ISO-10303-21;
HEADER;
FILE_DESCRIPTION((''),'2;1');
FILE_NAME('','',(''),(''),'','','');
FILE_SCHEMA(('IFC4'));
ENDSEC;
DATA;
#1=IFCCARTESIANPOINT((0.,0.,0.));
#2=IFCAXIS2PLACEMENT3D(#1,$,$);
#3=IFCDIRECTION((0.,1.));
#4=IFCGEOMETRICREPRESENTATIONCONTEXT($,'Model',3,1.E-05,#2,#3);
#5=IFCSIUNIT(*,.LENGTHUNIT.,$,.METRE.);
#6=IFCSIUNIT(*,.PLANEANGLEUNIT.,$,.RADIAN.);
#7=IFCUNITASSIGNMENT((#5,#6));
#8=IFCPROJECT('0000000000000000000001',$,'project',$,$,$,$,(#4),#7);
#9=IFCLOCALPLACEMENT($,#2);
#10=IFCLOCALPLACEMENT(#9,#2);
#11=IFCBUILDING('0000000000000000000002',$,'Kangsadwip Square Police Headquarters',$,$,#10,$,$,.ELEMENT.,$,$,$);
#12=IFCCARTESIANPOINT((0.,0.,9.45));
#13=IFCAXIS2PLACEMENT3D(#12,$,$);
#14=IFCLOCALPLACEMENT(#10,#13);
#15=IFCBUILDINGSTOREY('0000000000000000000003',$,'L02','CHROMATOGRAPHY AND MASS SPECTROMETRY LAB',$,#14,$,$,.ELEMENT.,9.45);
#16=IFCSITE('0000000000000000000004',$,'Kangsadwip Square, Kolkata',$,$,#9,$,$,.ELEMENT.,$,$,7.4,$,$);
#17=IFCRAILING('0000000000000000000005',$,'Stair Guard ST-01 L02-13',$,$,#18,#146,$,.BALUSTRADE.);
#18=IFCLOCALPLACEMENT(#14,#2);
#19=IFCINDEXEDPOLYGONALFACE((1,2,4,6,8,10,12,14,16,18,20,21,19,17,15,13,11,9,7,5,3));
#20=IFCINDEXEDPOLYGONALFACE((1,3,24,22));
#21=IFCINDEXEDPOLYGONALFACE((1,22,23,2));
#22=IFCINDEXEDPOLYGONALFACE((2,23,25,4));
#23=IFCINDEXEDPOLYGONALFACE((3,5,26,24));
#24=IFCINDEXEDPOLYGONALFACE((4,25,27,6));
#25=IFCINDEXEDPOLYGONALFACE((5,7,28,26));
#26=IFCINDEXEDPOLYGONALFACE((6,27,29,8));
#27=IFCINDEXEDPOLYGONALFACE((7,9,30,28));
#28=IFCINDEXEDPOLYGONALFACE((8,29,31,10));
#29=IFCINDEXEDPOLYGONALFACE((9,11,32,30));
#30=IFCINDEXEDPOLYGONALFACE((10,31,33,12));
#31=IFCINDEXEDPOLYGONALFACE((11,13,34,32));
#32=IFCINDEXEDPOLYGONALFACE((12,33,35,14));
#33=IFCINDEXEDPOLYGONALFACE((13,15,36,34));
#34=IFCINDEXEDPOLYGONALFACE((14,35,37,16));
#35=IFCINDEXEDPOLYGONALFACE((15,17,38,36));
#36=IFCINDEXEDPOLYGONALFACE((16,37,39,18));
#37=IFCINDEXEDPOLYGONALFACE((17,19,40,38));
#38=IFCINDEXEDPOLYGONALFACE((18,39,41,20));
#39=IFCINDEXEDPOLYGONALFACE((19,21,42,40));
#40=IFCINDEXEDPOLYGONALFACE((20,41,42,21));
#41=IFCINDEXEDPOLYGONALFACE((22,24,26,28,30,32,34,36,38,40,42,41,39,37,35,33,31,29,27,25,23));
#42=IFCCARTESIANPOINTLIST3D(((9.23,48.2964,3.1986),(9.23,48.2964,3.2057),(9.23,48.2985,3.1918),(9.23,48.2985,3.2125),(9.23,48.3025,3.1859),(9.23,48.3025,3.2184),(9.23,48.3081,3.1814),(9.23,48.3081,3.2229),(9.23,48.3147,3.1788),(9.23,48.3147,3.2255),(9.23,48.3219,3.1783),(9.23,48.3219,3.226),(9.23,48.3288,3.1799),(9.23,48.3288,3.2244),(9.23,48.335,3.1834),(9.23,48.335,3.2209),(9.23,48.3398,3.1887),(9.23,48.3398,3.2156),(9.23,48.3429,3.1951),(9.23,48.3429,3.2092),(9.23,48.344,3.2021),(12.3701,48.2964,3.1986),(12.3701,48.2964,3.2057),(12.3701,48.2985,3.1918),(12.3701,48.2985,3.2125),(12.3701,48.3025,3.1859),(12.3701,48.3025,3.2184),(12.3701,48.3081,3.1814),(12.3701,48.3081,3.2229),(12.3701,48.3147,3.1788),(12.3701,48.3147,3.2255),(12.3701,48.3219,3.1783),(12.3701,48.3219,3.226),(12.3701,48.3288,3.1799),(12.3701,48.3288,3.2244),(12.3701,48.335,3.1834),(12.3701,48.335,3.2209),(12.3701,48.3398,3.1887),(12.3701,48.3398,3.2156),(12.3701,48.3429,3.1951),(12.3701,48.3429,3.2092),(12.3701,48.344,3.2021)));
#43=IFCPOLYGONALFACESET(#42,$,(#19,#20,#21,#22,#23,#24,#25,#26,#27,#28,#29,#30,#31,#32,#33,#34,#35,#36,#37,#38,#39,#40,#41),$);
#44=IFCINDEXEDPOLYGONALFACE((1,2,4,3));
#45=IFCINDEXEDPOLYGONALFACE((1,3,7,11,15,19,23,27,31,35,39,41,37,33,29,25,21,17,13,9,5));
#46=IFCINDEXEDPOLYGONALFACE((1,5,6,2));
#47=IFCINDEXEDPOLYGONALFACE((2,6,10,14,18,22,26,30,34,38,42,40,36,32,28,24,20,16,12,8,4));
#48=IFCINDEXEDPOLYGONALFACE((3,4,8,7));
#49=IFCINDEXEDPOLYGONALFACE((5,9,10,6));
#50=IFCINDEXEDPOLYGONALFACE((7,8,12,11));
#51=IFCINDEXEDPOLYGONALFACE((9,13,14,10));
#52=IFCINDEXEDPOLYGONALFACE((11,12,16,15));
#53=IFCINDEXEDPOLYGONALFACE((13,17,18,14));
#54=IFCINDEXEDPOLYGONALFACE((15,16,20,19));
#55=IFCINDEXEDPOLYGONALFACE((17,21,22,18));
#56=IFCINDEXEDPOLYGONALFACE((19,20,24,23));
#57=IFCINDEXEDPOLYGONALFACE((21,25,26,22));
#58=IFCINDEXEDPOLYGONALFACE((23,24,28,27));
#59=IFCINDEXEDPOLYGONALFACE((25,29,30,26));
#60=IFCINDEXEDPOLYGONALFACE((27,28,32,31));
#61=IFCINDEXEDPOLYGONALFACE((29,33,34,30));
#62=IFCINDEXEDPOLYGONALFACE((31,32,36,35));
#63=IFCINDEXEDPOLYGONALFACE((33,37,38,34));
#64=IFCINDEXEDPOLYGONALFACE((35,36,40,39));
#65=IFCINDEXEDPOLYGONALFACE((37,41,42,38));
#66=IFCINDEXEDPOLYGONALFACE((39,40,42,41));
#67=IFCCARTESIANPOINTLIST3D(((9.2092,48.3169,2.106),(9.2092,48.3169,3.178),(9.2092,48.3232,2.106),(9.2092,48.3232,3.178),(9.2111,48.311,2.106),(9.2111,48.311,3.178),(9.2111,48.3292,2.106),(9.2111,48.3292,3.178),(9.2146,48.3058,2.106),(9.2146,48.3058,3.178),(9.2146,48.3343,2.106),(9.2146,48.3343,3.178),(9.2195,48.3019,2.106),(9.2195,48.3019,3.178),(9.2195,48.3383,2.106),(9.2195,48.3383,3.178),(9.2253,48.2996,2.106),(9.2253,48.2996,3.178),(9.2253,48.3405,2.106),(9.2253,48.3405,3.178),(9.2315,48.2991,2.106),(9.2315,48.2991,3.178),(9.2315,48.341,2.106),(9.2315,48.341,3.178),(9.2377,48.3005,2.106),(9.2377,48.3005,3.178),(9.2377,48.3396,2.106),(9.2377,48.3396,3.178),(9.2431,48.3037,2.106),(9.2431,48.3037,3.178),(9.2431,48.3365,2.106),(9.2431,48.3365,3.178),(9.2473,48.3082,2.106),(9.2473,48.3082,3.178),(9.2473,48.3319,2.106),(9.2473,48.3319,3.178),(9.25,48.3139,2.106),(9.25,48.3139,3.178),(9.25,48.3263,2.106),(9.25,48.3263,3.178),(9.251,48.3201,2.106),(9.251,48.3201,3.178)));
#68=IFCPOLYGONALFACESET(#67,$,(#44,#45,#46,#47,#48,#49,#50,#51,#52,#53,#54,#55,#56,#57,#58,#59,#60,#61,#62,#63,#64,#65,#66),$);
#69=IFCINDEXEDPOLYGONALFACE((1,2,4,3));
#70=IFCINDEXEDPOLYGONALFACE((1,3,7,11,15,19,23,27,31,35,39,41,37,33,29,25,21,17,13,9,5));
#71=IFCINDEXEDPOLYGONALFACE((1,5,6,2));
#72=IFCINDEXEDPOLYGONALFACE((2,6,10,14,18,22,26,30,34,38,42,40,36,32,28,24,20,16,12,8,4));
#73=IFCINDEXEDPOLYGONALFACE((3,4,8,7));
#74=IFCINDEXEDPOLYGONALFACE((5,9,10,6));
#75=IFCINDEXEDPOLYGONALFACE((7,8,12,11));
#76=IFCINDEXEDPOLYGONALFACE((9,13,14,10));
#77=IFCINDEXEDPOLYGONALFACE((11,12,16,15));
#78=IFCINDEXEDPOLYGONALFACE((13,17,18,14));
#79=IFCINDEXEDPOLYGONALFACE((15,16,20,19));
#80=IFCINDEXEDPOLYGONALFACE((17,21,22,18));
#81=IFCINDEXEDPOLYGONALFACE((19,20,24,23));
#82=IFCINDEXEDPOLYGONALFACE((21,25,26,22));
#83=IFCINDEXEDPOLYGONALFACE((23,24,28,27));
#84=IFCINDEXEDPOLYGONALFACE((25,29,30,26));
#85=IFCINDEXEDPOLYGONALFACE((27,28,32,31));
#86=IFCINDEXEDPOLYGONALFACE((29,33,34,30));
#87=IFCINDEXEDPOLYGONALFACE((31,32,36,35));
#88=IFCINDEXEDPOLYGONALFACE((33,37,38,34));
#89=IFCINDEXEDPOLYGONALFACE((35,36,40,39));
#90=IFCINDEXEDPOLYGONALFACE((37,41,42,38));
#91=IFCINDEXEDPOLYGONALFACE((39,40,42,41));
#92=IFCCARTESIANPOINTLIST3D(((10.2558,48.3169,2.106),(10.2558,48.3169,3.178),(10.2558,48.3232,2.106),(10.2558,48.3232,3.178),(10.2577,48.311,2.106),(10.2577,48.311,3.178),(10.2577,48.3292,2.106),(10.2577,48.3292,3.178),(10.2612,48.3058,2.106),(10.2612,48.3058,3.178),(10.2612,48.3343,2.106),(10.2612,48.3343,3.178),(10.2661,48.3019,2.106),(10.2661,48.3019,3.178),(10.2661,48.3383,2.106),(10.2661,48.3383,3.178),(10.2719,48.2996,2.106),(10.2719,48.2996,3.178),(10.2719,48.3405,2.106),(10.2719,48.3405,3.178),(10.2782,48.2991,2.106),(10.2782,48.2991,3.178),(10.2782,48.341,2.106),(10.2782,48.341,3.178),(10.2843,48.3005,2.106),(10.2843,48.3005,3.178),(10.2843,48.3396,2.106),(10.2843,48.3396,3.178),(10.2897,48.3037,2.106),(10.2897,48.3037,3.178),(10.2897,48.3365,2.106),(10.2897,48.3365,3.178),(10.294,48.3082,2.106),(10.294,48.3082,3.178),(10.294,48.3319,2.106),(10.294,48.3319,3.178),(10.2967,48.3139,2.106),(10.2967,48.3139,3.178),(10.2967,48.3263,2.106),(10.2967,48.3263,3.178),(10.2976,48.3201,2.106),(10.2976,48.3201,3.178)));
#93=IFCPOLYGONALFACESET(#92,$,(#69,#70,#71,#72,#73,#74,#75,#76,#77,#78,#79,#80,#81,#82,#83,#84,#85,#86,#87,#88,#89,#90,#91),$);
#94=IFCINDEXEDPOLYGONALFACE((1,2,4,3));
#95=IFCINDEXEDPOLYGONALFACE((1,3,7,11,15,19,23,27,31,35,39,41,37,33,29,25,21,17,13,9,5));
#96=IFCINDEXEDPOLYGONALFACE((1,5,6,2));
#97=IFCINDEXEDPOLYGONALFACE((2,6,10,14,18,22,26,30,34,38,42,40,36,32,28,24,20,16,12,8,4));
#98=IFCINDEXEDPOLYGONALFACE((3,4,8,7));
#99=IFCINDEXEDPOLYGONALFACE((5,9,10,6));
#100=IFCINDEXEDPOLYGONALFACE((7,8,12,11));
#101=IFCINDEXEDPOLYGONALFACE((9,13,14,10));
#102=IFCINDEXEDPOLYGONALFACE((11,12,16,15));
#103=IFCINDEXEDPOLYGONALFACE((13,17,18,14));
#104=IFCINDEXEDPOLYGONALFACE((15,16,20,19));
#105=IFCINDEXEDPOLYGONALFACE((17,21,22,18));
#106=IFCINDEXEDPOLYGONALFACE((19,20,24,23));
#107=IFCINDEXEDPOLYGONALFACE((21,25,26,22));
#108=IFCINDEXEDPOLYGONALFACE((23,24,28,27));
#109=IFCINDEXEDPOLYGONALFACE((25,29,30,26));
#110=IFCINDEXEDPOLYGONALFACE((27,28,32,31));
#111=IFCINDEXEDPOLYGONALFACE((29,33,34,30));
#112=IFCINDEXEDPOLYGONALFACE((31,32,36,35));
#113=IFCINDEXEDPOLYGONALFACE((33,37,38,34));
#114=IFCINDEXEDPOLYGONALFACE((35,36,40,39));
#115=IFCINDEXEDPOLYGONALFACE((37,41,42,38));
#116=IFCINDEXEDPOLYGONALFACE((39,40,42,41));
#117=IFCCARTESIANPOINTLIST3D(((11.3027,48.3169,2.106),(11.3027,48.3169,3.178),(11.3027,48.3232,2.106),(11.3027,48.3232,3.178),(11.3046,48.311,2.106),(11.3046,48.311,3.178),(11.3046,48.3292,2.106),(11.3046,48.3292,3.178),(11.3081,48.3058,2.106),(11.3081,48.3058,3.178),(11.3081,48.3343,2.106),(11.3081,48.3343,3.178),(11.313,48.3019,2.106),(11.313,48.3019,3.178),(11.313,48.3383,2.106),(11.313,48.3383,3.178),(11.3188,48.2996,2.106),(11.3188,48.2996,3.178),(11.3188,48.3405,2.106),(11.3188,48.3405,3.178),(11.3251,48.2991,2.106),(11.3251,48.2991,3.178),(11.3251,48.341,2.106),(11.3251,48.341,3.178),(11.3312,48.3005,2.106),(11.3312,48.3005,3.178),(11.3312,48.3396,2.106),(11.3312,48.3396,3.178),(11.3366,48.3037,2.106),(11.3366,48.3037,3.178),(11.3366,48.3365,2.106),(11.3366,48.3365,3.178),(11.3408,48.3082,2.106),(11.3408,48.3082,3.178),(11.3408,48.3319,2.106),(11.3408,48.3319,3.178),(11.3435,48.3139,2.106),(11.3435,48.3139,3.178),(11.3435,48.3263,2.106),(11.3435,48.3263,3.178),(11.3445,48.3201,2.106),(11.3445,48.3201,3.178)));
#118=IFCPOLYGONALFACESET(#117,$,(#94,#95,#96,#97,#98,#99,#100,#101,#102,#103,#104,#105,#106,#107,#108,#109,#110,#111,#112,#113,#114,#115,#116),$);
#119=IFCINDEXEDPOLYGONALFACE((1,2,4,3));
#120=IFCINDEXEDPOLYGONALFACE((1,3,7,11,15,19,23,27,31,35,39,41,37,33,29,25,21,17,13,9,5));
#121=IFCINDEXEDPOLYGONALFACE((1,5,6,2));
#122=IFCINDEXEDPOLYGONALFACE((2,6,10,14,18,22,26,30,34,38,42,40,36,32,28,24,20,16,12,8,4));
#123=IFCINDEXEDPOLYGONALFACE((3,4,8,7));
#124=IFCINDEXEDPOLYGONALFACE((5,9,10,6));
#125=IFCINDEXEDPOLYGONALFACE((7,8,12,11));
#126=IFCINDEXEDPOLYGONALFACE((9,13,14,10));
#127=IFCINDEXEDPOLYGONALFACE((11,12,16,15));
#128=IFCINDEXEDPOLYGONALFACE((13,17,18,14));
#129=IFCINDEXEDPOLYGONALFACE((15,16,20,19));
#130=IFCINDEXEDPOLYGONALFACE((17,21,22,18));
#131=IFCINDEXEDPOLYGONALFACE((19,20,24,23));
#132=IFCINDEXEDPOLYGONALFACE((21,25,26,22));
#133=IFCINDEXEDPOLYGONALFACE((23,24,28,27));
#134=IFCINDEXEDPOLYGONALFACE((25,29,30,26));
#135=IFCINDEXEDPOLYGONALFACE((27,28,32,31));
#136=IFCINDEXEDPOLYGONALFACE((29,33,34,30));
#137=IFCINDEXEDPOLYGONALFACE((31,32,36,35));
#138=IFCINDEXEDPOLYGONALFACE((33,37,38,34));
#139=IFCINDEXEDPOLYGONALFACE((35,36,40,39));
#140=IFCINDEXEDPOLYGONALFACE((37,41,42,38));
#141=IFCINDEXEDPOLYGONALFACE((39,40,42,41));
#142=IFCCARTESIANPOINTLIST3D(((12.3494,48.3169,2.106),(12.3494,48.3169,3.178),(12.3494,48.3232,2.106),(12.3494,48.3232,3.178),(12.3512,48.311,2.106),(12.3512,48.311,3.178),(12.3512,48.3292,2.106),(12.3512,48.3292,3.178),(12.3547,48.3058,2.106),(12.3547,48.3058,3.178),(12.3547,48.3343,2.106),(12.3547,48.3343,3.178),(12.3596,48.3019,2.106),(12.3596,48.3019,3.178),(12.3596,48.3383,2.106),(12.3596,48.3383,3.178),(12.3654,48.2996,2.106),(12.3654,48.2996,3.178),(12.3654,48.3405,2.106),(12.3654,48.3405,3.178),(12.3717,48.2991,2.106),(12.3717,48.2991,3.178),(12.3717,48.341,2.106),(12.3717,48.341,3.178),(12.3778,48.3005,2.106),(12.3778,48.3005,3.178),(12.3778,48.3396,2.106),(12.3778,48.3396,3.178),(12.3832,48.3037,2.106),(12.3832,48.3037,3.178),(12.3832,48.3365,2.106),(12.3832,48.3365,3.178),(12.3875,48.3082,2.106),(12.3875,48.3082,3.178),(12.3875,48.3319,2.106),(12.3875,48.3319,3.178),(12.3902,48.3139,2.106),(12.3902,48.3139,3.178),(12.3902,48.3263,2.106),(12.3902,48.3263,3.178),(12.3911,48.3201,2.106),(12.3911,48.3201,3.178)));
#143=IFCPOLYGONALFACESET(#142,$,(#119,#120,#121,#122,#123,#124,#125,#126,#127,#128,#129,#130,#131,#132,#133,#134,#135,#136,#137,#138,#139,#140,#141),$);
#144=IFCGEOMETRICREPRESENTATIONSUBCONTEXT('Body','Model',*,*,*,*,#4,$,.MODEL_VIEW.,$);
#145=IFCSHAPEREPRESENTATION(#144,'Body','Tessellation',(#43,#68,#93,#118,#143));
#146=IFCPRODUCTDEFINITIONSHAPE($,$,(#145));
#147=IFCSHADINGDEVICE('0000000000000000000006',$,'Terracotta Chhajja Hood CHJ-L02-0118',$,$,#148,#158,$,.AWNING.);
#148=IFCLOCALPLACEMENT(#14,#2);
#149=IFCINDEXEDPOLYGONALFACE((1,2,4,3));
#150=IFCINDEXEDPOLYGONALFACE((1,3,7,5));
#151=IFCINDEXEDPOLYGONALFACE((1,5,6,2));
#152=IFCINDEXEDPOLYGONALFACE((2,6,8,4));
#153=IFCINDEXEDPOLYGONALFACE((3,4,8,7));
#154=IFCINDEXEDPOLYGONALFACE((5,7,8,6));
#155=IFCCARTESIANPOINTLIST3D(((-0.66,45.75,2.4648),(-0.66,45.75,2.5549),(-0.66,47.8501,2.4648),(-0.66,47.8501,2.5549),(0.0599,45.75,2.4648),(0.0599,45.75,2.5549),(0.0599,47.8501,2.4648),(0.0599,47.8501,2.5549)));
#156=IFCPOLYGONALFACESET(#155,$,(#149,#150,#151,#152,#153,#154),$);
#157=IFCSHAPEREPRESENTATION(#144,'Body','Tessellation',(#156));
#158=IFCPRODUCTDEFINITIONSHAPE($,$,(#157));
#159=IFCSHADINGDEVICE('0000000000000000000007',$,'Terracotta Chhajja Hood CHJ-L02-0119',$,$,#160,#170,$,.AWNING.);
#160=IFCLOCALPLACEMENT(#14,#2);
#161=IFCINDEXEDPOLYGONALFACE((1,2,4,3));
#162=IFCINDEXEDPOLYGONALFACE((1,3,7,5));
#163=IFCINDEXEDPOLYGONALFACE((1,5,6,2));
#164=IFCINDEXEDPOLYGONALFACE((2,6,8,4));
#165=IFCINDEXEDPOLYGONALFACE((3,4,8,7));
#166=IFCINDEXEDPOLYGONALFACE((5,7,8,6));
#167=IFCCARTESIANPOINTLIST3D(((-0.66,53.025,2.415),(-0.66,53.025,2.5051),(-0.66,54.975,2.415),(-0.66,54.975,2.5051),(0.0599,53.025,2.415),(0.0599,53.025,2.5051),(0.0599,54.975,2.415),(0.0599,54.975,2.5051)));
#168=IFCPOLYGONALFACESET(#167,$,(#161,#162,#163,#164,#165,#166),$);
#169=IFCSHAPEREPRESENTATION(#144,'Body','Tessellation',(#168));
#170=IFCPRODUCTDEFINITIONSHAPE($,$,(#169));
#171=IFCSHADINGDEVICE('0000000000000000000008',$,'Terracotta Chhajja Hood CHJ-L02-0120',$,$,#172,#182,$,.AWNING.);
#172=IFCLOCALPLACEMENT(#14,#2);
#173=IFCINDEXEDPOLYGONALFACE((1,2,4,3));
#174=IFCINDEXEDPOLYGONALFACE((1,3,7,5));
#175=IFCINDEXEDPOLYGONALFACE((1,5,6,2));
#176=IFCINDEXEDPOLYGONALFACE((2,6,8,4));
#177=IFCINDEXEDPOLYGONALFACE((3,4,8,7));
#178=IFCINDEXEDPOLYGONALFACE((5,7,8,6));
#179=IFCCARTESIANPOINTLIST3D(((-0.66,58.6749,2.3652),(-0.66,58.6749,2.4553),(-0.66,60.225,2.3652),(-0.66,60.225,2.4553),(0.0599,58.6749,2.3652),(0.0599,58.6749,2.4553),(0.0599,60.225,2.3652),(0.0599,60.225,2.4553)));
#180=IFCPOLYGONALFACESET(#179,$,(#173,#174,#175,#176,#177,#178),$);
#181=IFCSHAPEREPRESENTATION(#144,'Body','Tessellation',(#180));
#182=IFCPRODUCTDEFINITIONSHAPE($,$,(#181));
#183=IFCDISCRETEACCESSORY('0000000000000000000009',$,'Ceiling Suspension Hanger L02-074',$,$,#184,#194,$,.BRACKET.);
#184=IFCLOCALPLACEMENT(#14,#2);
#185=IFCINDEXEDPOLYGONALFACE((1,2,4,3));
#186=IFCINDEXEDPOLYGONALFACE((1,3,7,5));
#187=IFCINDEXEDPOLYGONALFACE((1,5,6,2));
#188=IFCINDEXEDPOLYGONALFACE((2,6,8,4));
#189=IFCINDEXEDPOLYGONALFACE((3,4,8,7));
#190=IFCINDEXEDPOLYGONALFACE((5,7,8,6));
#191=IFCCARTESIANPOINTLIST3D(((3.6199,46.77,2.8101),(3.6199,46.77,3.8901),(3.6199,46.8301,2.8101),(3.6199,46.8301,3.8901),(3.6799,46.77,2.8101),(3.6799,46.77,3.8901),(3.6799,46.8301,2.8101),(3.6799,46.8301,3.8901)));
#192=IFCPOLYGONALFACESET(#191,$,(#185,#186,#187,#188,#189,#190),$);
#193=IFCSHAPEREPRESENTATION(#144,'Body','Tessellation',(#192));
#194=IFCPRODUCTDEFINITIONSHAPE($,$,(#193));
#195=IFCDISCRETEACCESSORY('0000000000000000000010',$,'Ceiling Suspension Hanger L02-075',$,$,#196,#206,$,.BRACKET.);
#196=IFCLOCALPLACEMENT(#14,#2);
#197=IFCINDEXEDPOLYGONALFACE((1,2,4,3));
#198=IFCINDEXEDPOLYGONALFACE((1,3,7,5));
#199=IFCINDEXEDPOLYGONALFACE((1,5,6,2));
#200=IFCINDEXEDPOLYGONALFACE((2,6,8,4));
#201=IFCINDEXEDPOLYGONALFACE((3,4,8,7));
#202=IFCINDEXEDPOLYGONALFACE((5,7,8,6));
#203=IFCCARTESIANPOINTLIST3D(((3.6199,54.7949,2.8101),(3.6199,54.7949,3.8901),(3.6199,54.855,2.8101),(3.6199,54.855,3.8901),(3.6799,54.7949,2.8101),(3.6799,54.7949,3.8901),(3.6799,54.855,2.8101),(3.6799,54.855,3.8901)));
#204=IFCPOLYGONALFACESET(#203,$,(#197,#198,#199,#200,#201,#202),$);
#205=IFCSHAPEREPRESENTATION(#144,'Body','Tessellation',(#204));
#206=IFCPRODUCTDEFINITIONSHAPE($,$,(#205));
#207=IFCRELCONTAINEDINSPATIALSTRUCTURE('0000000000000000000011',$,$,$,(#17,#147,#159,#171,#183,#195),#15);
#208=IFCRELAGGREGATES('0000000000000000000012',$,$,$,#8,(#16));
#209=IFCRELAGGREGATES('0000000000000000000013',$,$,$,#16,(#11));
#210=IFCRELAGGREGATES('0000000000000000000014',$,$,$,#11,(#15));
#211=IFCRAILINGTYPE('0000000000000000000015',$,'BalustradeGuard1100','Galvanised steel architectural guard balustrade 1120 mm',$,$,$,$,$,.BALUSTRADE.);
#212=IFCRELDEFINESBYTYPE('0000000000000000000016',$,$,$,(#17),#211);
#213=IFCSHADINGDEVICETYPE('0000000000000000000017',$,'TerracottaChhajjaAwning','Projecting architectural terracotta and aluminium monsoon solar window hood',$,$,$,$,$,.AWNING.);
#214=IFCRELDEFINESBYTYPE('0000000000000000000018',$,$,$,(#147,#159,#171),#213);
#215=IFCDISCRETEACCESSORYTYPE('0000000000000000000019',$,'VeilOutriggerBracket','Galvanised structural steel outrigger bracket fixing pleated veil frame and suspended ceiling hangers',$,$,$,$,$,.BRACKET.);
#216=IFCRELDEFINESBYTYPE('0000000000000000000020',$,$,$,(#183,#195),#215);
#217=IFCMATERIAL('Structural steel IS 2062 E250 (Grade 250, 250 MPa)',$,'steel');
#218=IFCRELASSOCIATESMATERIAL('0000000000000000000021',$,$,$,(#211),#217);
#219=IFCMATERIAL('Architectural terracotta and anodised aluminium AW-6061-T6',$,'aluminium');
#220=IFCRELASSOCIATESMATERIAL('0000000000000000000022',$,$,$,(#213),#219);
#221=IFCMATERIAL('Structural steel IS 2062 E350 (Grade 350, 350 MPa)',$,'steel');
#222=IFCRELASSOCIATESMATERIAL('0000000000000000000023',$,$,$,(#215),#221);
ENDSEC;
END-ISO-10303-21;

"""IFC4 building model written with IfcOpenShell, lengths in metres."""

from ifc_helpers import new_model, si_unit, direction, frame, origin, origin_2d, place, context, subcontext, project, spatial, rectangle, circle, extrude, material, type_object, element, save


model = new_model("IFC4")

# Units and contexts
model_context = context("Model", 3, precision=1e-05, world=origin(), true_north=direction((0.0, 1.0)))
body_context = subcontext(model_context, "Body", "Model", "MODEL_VIEW")
ifc_project = project(units=[si_unit("LENGTHUNIT", "METRE"), si_unit("PLANEANGLEUNIT", "RADIAN")], contexts=[model_context])

# Site, building, storey
site_placement = place(None, origin())
site = spatial("IfcSite", under=ifc_project, at=site_placement, Name="Kangsadwip Square, Kolkata", CompositionType="ELEMENT", RefElevation=7.4)
building_placement = place(site_placement, origin())
building = spatial("IfcBuilding", under=site, at=building_placement, Name="Kangsadwip Square Police Headquarters", CompositionType="ELEMENT")
storey_placement = place(building_placement, frame((0.0, 0.0, 9.45)))
storey = spatial("IfcBuildingStorey", under=building, at=storey_placement, Name="L02", Description="CHROMATOGRAPHY AND MASS SPECTROMETRY LAB", CompositionType="ELEMENT", Elevation=9.45)

# Railing
ifc_material_1 = material(Name="Structural steel IS 2062 E250 (Grade 250, 250 MPa)", Category="steel")
railing_type = type_object("IfcRailingType", Name="BalustradeGuard1100", Description="Galvanised steel architectural guard balustrade 1120 mm", PredefinedType="BALUSTRADE", material=ifc_material_1)
for number, where, name in (
    (1, (9.23, 48.3201, 2.106), "Stair Guard ST-01 L02-13"),
):
    element("IfcRailing", number, at=place(storey_placement, frame(where)), inside=storey, type_object=railing_type, Name=name, PredefinedType="BALUSTRADE", context=body_context, shape_type="SweptSolid", body=[
        extrude(circle(Radius=0.0239, at=origin_2d()), frame((0.0, 0.0, 1.0962), z_axis=(1.0, 0.0, 0.0), x_axis=(0.0, 1.0, 0.0)), (0.0, 0.0, 1.0), 3.1401),
        extrude(circle(Radius=0.021, at=origin_2d()), origin(), (0.0, 0.0, 1.0), 1.072),
        extrude(circle(Radius=0.021, at=origin_2d()), frame((1.0466, 0.0, 0.0)), (0.0, 0.0, 1.0), 1.072),
        extrude(circle(Radius=0.021, at=origin_2d()), frame((2.0935, 0.0, 0.0)), (0.0, 0.0, 1.0), 1.072),
        extrude(circle(Radius=0.021, at=origin_2d()), frame((3.1401, 0.0, 0.0)), (0.0, 0.0, 1.0), 1.072),
    ])

# Shading devices
ifc_material_2 = material(Name="Architectural terracotta and anodised aluminium AW-6061-T6", Category="aluminium")
shading_device_type = type_object("IfcShadingDeviceType", Name="TerracottaChhajjaAwning", Description="Projecting architectural terracotta and aluminium monsoon solar window hood", PredefinedType="AWNING", material=ifc_material_2)
shading_device_1_placement = place(storey_placement, frame((-0.3, 46.8, 2.4648), z_axis=(0.0, 0.0, 1.0), x_axis=(0.0, 1.0, 0.0)))
element("IfcShadingDevice", 2, at=shading_device_1_placement, inside=storey, type_object=shading_device_type, Name="Terracotta Chhajja Hood CHJ-L02-0118", PredefinedType="AWNING", context=body_context, shape_type="SweptSolid", body=[
    extrude(rectangle(XDim=2.1001, YDim=0.72, at=origin_2d()), origin(), (0.0, 0.0, 1.0), 0.0901),
])
shading_device_2_placement = place(storey_placement, frame((-0.3, 54.0, 2.415), z_axis=(0.0, 0.0, 1.0), x_axis=(0.0, 1.0, 0.0)))
element("IfcShadingDevice", 3, at=shading_device_2_placement, inside=storey, type_object=shading_device_type, Name="Terracotta Chhajja Hood CHJ-L02-0119", PredefinedType="AWNING", context=body_context, shape_type="SweptSolid", body=[
    extrude(rectangle(XDim=1.95, YDim=0.72, at=origin_2d()), origin(), (0.0, 0.0, 1.0), 0.0901),
])
shading_device_3_placement = place(storey_placement, frame((-0.3, 59.45, 2.3652), z_axis=(0.0, 0.0, 1.0), x_axis=(0.0, 1.0, 0.0)))
element("IfcShadingDevice", 4, at=shading_device_3_placement, inside=storey, type_object=shading_device_type, Name="Terracotta Chhajja Hood CHJ-L02-0120", PredefinedType="AWNING", context=body_context, shape_type="SweptSolid", body=[
    extrude(rectangle(XDim=1.55, YDim=0.72, at=origin_2d()), origin(), (0.0, 0.0, 1.0), 0.0901),
])

# Discrete accessories
ifc_material_3 = material(Name="Structural steel IS 2062 E350 (Grade 350, 350 MPa)", Category="steel")
discrete_accessory_type = type_object("IfcDiscreteAccessoryType", Name="VeilOutriggerBracket", Description="Galvanised structural steel outrigger bracket fixing pleated veil frame and suspended ceiling hangers", PredefinedType="BRACKET", material=ifc_material_3)
for number, where, z_axis, x_axis, name in (
    (5, (3.6499, 46.8, 2.8101), (0.0, 0.0, 1.0), (1.0, 0.0, 0.0), "Ceiling Suspension Hanger L02-074"),
    (6, (3.6499, 54.825, 2.8101), (0.0, 0.0, 1.0), (1.0, 0.0, 0.0), "Ceiling Suspension Hanger L02-075"),
):
    element("IfcDiscreteAccessory", number, at=place(storey_placement, frame(where, z_axis=z_axis, x_axis=x_axis)), inside=storey, type_object=discrete_accessory_type, Name=name, PredefinedType="BRACKET", context=body_context, shape_type="SweptSolid", body=[
        extrude(rectangle(XDim=0.0601, YDim=0.0601, at=origin_2d()), origin(), (0.0, 0.0, 1.0), 1.0801),
    ])

save(model, "model.ifc")
